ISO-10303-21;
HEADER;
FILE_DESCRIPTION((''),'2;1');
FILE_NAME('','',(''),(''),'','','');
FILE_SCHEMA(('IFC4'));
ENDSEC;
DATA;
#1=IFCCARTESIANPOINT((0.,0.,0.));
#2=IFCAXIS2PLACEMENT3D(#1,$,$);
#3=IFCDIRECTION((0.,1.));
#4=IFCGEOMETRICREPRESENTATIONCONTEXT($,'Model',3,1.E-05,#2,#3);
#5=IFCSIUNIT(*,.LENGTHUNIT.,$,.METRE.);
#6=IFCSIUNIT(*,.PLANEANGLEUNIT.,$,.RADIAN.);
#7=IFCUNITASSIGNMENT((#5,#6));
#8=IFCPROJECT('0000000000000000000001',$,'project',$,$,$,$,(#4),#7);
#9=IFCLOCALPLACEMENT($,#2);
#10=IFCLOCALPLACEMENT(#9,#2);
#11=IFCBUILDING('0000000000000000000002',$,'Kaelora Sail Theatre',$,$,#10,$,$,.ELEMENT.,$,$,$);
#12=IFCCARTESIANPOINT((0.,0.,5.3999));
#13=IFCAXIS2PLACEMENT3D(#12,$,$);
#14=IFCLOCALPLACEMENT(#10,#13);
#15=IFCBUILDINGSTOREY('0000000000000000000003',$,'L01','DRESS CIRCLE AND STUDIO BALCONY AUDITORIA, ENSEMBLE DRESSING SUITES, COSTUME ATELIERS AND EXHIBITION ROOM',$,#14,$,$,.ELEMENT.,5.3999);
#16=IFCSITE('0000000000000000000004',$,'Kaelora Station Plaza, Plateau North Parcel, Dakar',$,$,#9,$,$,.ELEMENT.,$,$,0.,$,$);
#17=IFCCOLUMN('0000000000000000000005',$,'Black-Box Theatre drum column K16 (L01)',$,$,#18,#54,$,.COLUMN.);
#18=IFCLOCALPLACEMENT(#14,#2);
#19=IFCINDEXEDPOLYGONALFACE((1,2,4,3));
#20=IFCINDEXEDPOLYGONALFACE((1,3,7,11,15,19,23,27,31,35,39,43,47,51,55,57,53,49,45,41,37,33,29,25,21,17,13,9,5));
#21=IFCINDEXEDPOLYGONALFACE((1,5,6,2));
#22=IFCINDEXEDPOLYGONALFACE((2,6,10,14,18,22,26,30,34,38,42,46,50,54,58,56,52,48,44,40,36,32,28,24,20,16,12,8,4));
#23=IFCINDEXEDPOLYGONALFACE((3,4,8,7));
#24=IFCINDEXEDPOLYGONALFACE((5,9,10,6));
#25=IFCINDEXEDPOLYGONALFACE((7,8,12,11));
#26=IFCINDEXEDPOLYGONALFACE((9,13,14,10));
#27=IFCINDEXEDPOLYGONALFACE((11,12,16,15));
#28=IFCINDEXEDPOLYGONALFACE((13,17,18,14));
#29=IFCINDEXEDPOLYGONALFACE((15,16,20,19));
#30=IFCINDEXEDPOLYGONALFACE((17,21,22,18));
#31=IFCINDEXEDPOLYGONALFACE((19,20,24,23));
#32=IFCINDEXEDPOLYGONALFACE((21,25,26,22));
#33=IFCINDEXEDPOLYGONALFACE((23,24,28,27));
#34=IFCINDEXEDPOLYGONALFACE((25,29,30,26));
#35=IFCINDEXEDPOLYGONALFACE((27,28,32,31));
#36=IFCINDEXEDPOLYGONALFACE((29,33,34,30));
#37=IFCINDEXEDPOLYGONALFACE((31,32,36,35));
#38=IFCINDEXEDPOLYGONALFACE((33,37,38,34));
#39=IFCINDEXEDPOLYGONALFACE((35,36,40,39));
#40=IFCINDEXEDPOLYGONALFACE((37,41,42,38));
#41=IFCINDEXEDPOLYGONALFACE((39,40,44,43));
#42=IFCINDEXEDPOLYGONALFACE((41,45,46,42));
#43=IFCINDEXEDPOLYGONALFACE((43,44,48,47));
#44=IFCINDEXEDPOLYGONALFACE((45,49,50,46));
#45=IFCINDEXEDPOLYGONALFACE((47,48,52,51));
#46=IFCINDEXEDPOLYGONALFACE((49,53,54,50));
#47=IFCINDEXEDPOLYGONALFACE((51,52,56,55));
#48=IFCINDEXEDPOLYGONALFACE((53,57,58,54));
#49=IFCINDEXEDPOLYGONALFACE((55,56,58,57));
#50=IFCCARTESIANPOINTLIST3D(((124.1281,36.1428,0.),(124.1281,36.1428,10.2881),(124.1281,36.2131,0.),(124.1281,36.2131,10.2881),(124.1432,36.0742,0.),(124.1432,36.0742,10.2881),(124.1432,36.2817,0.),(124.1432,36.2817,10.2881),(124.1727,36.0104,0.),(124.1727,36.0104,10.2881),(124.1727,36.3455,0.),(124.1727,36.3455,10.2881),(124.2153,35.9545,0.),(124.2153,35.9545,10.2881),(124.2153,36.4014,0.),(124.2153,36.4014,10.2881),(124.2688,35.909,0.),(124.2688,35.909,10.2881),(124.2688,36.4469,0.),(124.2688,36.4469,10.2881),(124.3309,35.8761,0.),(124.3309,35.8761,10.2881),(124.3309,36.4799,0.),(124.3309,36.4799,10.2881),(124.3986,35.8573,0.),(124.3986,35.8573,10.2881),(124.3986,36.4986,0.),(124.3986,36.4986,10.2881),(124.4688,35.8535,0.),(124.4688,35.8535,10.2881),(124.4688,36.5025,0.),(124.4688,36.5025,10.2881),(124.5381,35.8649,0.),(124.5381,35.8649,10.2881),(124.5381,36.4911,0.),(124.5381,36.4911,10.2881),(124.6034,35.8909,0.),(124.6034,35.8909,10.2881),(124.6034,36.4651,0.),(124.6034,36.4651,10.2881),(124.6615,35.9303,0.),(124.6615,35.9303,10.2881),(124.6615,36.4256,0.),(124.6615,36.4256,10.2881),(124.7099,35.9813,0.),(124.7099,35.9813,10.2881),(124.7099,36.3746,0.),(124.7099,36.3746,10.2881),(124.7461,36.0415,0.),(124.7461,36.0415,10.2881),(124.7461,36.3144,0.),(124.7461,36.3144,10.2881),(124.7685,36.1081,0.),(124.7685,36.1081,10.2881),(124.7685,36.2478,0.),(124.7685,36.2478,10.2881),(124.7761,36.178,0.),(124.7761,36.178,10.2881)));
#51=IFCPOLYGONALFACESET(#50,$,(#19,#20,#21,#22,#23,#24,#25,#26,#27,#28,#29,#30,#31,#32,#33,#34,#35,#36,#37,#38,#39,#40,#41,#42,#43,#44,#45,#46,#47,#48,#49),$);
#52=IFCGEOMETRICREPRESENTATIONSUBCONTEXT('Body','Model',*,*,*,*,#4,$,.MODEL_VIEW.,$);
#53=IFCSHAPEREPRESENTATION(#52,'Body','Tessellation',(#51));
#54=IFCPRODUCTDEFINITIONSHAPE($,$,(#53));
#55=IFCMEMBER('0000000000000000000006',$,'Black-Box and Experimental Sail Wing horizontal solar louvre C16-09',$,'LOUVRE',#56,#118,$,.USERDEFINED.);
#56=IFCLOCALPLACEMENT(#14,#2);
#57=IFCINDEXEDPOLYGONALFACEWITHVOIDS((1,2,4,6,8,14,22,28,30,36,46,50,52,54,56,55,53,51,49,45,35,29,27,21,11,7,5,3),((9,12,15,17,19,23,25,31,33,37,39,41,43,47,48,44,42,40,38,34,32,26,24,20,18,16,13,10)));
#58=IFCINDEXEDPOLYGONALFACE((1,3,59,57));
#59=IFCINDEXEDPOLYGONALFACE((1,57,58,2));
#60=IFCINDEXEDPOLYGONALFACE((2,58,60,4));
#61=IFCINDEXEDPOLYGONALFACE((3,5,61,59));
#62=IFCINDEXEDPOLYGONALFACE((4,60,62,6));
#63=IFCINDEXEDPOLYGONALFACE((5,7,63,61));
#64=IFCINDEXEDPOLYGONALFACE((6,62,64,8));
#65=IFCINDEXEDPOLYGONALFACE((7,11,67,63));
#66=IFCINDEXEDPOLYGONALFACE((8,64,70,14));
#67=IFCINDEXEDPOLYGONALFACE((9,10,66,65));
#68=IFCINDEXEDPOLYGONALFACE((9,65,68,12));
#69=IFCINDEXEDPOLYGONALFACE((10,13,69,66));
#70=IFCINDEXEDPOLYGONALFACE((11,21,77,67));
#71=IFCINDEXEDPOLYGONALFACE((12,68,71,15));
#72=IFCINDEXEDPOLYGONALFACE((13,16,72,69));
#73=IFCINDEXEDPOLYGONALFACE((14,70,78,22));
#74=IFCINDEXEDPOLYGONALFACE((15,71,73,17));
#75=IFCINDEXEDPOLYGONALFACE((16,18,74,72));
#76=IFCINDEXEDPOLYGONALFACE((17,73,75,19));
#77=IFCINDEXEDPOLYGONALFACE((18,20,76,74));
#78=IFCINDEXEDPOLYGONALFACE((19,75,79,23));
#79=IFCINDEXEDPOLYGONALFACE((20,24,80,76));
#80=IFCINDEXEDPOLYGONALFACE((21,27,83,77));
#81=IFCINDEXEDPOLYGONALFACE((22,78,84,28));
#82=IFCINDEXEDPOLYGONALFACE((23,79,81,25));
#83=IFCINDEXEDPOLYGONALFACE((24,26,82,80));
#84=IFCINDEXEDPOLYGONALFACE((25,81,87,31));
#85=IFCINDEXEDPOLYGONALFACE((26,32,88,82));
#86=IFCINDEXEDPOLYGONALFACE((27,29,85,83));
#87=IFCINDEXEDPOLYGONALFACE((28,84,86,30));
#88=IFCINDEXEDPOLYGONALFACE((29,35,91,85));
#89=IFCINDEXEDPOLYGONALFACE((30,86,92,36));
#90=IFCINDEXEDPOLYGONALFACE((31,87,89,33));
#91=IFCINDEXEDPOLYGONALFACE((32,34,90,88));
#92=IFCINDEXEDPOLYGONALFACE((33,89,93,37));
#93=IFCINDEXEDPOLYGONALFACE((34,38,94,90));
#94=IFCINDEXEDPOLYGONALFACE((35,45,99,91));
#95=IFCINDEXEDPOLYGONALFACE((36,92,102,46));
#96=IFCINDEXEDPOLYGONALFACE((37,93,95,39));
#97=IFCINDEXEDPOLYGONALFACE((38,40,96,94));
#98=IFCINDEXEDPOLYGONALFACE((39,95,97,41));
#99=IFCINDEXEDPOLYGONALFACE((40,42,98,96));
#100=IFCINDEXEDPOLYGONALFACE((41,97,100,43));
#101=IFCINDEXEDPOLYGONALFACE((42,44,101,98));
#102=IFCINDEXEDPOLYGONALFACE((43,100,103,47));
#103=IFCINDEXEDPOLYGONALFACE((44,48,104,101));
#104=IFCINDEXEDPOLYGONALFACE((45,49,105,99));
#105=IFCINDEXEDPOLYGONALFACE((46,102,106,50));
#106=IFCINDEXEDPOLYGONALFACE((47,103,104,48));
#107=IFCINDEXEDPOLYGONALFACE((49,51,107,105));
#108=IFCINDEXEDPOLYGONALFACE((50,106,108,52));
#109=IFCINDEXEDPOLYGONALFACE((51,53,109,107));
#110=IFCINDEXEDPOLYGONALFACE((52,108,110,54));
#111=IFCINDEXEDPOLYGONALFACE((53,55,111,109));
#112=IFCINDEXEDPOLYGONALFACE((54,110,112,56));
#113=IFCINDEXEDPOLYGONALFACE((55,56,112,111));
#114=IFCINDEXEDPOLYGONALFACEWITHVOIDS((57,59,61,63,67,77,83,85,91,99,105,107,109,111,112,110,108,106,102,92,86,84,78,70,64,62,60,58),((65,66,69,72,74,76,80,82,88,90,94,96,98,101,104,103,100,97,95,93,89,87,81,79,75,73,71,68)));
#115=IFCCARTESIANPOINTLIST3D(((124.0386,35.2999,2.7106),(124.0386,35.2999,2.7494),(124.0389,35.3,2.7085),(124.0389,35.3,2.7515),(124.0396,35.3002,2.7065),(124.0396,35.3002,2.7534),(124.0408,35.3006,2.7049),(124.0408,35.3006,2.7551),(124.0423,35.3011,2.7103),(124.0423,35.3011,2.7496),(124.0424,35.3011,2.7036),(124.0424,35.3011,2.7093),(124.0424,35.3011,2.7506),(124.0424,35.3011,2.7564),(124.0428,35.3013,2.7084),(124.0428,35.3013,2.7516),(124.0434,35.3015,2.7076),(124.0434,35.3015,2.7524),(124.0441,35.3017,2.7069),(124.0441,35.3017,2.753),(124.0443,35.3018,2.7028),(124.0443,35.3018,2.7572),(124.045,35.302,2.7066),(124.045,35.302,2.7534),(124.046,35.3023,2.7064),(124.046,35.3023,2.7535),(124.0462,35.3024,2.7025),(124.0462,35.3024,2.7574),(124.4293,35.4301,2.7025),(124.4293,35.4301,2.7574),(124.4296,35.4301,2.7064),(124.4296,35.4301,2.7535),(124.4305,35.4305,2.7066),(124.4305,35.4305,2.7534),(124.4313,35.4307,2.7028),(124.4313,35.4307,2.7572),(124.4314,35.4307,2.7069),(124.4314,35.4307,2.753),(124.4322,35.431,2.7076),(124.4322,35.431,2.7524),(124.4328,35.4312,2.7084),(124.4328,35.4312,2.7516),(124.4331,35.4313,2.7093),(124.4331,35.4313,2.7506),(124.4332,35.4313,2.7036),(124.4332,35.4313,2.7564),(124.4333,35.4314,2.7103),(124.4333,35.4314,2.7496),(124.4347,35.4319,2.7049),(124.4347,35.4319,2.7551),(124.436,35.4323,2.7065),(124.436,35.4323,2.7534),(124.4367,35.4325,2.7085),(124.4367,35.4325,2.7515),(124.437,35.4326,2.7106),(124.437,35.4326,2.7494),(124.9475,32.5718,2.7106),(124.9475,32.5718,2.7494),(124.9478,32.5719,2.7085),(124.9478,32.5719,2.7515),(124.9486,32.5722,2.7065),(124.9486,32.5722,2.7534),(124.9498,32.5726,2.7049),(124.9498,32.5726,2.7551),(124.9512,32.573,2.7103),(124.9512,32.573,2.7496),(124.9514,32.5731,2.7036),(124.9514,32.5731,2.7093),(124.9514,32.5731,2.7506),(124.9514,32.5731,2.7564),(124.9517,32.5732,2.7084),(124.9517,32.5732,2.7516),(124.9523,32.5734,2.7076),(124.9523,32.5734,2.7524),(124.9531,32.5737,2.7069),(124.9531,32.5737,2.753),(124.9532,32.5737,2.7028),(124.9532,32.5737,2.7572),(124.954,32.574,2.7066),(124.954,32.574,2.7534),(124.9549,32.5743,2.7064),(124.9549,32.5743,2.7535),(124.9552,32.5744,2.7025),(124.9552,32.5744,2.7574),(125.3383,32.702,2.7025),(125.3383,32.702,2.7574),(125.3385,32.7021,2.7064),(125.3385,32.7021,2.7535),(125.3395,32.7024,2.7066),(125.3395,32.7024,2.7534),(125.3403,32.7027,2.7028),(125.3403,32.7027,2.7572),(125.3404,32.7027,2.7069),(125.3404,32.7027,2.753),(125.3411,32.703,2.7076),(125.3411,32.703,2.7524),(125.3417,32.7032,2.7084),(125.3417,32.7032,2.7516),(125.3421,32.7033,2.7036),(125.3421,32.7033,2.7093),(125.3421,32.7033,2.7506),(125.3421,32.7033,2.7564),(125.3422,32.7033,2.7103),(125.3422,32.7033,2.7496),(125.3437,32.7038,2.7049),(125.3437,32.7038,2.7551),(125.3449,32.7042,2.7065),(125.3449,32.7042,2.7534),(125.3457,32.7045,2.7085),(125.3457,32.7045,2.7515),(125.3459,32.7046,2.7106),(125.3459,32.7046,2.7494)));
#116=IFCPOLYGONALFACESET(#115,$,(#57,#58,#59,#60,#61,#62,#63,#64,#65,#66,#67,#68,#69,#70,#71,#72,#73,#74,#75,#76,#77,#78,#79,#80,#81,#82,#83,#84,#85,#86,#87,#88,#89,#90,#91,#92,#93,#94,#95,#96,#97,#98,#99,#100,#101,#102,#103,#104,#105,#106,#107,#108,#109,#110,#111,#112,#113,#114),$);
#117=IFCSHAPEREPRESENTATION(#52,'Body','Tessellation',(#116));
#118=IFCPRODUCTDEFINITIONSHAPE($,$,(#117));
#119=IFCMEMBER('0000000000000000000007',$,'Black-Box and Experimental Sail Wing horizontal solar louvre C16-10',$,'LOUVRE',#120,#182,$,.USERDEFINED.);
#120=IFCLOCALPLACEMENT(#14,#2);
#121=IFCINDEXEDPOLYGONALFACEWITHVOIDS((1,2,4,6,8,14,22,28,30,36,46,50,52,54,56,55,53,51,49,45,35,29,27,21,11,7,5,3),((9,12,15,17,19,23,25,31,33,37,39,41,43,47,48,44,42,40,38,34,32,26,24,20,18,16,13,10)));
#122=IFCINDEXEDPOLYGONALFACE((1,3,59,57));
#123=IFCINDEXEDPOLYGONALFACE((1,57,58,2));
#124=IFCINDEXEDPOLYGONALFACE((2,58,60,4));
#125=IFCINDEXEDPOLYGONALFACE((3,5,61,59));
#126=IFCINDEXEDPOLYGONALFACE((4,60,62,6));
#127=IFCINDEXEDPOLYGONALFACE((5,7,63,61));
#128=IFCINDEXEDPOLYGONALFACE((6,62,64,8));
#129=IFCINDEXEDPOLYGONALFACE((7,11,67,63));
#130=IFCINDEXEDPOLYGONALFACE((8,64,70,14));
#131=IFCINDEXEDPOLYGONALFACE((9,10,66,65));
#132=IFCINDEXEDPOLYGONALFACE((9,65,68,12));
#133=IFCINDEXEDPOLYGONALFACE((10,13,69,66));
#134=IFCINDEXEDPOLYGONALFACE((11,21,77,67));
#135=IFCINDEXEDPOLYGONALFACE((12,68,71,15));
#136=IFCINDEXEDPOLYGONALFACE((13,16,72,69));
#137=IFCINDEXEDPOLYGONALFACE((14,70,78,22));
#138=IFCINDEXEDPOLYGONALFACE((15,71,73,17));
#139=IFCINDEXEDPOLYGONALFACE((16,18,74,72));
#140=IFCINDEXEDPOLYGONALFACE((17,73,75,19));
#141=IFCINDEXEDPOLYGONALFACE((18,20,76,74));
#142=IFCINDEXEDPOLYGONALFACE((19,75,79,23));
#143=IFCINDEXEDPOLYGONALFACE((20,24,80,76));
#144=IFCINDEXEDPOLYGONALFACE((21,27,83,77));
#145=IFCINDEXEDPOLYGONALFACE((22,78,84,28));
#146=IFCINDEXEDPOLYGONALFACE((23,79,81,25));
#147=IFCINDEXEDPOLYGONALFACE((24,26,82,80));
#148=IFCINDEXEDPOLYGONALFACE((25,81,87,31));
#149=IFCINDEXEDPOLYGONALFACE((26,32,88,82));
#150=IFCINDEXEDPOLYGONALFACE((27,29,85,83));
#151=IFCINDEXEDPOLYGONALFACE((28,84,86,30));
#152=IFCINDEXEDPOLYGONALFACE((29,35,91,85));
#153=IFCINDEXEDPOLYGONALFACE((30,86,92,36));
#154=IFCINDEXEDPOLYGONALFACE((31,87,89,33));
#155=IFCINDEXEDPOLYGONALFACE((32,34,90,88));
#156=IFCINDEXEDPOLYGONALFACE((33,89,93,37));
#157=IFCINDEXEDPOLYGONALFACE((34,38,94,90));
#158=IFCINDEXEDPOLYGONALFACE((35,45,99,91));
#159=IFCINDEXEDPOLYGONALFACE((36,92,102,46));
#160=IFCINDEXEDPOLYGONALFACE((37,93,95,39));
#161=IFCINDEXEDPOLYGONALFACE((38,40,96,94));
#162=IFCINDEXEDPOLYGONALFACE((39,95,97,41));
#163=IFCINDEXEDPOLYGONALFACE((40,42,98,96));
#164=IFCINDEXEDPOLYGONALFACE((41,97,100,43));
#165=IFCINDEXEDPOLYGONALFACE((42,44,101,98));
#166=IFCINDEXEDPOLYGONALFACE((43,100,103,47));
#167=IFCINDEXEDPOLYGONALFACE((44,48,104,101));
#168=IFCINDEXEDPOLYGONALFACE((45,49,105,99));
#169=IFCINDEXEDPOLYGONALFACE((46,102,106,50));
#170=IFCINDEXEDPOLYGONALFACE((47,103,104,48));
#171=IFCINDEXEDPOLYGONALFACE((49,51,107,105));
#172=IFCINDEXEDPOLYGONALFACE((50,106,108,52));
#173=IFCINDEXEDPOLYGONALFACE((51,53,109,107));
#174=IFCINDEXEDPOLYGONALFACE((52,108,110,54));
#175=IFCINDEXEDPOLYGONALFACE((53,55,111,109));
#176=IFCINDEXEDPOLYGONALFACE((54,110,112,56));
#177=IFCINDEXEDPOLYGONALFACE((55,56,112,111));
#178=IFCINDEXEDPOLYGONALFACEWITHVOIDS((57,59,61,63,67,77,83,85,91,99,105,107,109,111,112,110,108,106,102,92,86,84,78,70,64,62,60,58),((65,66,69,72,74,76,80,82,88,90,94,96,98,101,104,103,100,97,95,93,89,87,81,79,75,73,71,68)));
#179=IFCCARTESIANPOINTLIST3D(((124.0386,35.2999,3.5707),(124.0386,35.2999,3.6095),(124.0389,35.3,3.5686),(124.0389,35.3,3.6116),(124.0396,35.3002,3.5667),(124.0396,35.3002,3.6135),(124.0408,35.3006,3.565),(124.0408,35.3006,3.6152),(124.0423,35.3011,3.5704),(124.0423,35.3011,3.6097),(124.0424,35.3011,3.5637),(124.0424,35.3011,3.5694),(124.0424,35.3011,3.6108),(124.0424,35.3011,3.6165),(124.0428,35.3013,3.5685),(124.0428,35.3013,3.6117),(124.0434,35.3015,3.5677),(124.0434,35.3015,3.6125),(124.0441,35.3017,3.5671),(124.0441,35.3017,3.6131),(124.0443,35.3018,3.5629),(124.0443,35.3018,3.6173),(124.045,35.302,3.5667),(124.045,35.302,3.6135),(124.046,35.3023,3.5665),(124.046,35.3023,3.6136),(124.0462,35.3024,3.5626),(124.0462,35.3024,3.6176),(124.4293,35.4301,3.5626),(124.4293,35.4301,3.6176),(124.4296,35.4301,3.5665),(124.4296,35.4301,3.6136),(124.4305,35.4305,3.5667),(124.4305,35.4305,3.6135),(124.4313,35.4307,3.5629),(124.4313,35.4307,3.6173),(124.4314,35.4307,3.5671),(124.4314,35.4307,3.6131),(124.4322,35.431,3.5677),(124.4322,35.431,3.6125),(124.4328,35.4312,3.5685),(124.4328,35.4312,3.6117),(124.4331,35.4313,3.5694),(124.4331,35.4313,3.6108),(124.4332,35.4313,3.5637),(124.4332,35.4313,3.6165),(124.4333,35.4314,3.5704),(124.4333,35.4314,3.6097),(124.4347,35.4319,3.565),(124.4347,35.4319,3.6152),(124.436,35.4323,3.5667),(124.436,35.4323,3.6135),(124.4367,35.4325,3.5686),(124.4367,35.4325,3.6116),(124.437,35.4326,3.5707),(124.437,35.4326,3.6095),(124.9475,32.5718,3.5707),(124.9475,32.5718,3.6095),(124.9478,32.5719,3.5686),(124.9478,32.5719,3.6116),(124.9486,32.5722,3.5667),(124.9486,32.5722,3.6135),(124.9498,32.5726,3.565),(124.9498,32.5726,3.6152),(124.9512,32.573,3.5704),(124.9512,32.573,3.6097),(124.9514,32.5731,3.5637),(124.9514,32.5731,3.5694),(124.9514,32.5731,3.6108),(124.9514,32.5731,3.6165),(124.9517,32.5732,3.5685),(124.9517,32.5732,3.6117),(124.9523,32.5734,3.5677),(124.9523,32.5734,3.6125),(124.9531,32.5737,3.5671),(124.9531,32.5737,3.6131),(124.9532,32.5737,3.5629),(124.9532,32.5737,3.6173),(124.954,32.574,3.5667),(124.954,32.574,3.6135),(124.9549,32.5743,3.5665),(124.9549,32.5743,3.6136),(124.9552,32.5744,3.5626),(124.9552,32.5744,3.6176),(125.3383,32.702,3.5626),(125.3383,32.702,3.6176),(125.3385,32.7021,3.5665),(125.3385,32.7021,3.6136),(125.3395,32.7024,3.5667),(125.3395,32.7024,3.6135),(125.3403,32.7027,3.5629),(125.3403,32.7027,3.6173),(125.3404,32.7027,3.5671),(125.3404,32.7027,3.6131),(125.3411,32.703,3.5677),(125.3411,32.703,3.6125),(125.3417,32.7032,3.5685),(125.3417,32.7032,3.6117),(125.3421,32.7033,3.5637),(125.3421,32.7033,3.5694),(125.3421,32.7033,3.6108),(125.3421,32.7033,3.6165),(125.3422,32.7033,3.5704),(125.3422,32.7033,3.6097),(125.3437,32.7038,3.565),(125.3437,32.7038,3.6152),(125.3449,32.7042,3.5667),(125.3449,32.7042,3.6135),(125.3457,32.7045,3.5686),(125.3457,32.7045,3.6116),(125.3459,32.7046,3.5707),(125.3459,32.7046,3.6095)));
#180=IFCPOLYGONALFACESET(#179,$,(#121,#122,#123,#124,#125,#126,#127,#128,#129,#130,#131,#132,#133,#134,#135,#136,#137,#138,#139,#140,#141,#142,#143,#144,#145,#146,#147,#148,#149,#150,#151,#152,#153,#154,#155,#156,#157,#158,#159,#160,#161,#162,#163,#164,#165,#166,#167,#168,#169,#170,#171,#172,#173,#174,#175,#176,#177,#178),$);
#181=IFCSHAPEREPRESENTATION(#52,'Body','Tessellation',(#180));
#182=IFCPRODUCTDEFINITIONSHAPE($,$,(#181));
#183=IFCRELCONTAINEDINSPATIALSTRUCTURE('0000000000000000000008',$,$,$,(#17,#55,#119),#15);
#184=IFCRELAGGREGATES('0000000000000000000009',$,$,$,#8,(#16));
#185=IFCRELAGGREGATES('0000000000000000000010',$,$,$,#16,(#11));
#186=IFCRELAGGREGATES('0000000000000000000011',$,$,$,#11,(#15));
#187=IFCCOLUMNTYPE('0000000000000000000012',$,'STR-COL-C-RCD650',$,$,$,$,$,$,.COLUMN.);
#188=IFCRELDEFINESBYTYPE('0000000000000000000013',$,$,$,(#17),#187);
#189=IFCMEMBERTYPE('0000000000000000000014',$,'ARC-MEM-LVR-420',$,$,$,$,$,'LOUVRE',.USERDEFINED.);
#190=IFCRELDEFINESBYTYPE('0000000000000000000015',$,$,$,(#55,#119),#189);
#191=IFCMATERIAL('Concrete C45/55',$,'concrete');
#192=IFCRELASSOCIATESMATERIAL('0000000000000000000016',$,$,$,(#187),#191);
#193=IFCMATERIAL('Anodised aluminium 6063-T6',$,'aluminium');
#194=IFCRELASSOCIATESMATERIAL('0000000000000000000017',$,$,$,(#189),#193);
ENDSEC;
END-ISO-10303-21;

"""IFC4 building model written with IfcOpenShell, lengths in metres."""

from ifc_helpers import new_model, si_unit, direction, frame, origin, origin_2d, place, context, subcontext, project, spatial, hollow_rectangle, circle, extrude, material, material_profile, profile_set, type_object, element, save


model = new_model("IFC4")

# Units and contexts
model_context = context("Model", 3, precision=1e-05, world=origin(), true_north=direction((0.0, 1.0)))
body_context = subcontext(model_context, "Body", "Model", "MODEL_VIEW")
ifc_project = project(units=[si_unit("LENGTHUNIT", "METRE"), si_unit("PLANEANGLEUNIT", "RADIAN")], contexts=[model_context])

# Site, building, storey
site_placement = place(None, origin())
site = spatial("IfcSite", under=ifc_project, at=site_placement, Name="Kaelora Station Plaza, Plateau North Parcel, Dakar", CompositionType="ELEMENT", RefElevation=0.0)
building_placement = place(site_placement, origin())
building = spatial("IfcBuilding", under=site, at=building_placement, Name="Kaelora Sail Theatre", CompositionType="ELEMENT")
storey_placement = place(building_placement, frame((0.0, 0.0, 5.3999)))
storey = spatial("IfcBuildingStorey", under=building, at=storey_placement, Name="L01", Description="DRESS CIRCLE AND STUDIO BALCONY AUDITORIA, ENSEMBLE DRESSING SUITES, COSTUME ATELIERS AND EXHIBITION ROOM", CompositionType="ELEMENT", Elevation=5.3999)

# Column
ifc_material_1 = material(Name="Concrete C45/55", Category="concrete")
ifc_material_profile_1 = material_profile(ifc_material_1, circle(Radius=0.325, at=origin_2d()), Name="RC-CCOL D650")
ifc_profile_set_1 = profile_set([ifc_material_profile_1], Name="Concrete C45/55")
column_type = type_object("IfcColumnType", Name="STR-COL-C-RCD650", PredefinedType="COLUMN", material=ifc_profile_set_1)
column_placement = place(storey_placement, frame((124.4512, 36.178, 0.0), z_axis=(0.0, 0.0, 1.0), x_axis=(1.0, 0.0, 0.0)))
element("IfcColumn", 1, at=column_placement, inside=storey, type_object=column_type, Name="Black-Box Theatre drum column K16 (L01)", PredefinedType="COLUMN", context=body_context, shape_type="SweptSolid", body=[
    extrude(circle(Radius=0.325, at=origin_2d()), origin(), (0.0, 0.0, 1.0), 10.2881),
])

# Members
ifc_material_2 = material(Name="Anodised aluminium 6063-T6", Category="aluminium")
ifc_material_profile_2 = material_profile(ifc_material_2, hollow_rectangle(XDim=0.4199, YDim=0.0549, WallThickness=0.0039, InnerFilletRadius=0.0039, OuterFilletRadius=0.0081, at=origin_2d()), Name="LOUVRE 420x55x4")
ifc_profile_set_2 = profile_set([ifc_material_profile_2], Name="Anodised aluminium 6063-T6")
member_type = type_object("IfcMemberType", Name="ARC-MEM-LVR-420", ElementType="LOUVRE", PredefinedType="USERDEFINED", material=ifc_profile_set_2)
for number, where, z_axis, x_axis, name in (
    (2, (125.1467, 32.6382, 2.73), (-0.3161, 0.948726, 0.0), (-0.948726, -0.3161, 0.0), "Black-Box and Experimental Sail Wing horizontal solar louvre C16-09"),
    (3, (125.1467, 32.6382, 3.5901), (-0.3161, 0.948726, 0.0), (-0.948726, -0.3161, 0.0), "Black-Box and Experimental Sail Wing horizontal solar louvre C16-10"),
):
    element("IfcMember", number, at=place(storey_placement, frame(where, z_axis=z_axis, x_axis=x_axis)), inside=storey, type_object=member_type, Name=name, ObjectType="LOUVRE", PredefinedType="USERDEFINED", context=body_context, shape_type="SweptSolid", body=[
        extrude(hollow_rectangle(XDim=0.4199, YDim=0.0549, WallThickness=0.0039, InnerFilletRadius=0.0039, OuterFilletRadius=0.0081, at=origin_2d()), origin(), (0.0, 0.0, 1.0), 2.8755),
    ])

save(model, "model.ifc")
